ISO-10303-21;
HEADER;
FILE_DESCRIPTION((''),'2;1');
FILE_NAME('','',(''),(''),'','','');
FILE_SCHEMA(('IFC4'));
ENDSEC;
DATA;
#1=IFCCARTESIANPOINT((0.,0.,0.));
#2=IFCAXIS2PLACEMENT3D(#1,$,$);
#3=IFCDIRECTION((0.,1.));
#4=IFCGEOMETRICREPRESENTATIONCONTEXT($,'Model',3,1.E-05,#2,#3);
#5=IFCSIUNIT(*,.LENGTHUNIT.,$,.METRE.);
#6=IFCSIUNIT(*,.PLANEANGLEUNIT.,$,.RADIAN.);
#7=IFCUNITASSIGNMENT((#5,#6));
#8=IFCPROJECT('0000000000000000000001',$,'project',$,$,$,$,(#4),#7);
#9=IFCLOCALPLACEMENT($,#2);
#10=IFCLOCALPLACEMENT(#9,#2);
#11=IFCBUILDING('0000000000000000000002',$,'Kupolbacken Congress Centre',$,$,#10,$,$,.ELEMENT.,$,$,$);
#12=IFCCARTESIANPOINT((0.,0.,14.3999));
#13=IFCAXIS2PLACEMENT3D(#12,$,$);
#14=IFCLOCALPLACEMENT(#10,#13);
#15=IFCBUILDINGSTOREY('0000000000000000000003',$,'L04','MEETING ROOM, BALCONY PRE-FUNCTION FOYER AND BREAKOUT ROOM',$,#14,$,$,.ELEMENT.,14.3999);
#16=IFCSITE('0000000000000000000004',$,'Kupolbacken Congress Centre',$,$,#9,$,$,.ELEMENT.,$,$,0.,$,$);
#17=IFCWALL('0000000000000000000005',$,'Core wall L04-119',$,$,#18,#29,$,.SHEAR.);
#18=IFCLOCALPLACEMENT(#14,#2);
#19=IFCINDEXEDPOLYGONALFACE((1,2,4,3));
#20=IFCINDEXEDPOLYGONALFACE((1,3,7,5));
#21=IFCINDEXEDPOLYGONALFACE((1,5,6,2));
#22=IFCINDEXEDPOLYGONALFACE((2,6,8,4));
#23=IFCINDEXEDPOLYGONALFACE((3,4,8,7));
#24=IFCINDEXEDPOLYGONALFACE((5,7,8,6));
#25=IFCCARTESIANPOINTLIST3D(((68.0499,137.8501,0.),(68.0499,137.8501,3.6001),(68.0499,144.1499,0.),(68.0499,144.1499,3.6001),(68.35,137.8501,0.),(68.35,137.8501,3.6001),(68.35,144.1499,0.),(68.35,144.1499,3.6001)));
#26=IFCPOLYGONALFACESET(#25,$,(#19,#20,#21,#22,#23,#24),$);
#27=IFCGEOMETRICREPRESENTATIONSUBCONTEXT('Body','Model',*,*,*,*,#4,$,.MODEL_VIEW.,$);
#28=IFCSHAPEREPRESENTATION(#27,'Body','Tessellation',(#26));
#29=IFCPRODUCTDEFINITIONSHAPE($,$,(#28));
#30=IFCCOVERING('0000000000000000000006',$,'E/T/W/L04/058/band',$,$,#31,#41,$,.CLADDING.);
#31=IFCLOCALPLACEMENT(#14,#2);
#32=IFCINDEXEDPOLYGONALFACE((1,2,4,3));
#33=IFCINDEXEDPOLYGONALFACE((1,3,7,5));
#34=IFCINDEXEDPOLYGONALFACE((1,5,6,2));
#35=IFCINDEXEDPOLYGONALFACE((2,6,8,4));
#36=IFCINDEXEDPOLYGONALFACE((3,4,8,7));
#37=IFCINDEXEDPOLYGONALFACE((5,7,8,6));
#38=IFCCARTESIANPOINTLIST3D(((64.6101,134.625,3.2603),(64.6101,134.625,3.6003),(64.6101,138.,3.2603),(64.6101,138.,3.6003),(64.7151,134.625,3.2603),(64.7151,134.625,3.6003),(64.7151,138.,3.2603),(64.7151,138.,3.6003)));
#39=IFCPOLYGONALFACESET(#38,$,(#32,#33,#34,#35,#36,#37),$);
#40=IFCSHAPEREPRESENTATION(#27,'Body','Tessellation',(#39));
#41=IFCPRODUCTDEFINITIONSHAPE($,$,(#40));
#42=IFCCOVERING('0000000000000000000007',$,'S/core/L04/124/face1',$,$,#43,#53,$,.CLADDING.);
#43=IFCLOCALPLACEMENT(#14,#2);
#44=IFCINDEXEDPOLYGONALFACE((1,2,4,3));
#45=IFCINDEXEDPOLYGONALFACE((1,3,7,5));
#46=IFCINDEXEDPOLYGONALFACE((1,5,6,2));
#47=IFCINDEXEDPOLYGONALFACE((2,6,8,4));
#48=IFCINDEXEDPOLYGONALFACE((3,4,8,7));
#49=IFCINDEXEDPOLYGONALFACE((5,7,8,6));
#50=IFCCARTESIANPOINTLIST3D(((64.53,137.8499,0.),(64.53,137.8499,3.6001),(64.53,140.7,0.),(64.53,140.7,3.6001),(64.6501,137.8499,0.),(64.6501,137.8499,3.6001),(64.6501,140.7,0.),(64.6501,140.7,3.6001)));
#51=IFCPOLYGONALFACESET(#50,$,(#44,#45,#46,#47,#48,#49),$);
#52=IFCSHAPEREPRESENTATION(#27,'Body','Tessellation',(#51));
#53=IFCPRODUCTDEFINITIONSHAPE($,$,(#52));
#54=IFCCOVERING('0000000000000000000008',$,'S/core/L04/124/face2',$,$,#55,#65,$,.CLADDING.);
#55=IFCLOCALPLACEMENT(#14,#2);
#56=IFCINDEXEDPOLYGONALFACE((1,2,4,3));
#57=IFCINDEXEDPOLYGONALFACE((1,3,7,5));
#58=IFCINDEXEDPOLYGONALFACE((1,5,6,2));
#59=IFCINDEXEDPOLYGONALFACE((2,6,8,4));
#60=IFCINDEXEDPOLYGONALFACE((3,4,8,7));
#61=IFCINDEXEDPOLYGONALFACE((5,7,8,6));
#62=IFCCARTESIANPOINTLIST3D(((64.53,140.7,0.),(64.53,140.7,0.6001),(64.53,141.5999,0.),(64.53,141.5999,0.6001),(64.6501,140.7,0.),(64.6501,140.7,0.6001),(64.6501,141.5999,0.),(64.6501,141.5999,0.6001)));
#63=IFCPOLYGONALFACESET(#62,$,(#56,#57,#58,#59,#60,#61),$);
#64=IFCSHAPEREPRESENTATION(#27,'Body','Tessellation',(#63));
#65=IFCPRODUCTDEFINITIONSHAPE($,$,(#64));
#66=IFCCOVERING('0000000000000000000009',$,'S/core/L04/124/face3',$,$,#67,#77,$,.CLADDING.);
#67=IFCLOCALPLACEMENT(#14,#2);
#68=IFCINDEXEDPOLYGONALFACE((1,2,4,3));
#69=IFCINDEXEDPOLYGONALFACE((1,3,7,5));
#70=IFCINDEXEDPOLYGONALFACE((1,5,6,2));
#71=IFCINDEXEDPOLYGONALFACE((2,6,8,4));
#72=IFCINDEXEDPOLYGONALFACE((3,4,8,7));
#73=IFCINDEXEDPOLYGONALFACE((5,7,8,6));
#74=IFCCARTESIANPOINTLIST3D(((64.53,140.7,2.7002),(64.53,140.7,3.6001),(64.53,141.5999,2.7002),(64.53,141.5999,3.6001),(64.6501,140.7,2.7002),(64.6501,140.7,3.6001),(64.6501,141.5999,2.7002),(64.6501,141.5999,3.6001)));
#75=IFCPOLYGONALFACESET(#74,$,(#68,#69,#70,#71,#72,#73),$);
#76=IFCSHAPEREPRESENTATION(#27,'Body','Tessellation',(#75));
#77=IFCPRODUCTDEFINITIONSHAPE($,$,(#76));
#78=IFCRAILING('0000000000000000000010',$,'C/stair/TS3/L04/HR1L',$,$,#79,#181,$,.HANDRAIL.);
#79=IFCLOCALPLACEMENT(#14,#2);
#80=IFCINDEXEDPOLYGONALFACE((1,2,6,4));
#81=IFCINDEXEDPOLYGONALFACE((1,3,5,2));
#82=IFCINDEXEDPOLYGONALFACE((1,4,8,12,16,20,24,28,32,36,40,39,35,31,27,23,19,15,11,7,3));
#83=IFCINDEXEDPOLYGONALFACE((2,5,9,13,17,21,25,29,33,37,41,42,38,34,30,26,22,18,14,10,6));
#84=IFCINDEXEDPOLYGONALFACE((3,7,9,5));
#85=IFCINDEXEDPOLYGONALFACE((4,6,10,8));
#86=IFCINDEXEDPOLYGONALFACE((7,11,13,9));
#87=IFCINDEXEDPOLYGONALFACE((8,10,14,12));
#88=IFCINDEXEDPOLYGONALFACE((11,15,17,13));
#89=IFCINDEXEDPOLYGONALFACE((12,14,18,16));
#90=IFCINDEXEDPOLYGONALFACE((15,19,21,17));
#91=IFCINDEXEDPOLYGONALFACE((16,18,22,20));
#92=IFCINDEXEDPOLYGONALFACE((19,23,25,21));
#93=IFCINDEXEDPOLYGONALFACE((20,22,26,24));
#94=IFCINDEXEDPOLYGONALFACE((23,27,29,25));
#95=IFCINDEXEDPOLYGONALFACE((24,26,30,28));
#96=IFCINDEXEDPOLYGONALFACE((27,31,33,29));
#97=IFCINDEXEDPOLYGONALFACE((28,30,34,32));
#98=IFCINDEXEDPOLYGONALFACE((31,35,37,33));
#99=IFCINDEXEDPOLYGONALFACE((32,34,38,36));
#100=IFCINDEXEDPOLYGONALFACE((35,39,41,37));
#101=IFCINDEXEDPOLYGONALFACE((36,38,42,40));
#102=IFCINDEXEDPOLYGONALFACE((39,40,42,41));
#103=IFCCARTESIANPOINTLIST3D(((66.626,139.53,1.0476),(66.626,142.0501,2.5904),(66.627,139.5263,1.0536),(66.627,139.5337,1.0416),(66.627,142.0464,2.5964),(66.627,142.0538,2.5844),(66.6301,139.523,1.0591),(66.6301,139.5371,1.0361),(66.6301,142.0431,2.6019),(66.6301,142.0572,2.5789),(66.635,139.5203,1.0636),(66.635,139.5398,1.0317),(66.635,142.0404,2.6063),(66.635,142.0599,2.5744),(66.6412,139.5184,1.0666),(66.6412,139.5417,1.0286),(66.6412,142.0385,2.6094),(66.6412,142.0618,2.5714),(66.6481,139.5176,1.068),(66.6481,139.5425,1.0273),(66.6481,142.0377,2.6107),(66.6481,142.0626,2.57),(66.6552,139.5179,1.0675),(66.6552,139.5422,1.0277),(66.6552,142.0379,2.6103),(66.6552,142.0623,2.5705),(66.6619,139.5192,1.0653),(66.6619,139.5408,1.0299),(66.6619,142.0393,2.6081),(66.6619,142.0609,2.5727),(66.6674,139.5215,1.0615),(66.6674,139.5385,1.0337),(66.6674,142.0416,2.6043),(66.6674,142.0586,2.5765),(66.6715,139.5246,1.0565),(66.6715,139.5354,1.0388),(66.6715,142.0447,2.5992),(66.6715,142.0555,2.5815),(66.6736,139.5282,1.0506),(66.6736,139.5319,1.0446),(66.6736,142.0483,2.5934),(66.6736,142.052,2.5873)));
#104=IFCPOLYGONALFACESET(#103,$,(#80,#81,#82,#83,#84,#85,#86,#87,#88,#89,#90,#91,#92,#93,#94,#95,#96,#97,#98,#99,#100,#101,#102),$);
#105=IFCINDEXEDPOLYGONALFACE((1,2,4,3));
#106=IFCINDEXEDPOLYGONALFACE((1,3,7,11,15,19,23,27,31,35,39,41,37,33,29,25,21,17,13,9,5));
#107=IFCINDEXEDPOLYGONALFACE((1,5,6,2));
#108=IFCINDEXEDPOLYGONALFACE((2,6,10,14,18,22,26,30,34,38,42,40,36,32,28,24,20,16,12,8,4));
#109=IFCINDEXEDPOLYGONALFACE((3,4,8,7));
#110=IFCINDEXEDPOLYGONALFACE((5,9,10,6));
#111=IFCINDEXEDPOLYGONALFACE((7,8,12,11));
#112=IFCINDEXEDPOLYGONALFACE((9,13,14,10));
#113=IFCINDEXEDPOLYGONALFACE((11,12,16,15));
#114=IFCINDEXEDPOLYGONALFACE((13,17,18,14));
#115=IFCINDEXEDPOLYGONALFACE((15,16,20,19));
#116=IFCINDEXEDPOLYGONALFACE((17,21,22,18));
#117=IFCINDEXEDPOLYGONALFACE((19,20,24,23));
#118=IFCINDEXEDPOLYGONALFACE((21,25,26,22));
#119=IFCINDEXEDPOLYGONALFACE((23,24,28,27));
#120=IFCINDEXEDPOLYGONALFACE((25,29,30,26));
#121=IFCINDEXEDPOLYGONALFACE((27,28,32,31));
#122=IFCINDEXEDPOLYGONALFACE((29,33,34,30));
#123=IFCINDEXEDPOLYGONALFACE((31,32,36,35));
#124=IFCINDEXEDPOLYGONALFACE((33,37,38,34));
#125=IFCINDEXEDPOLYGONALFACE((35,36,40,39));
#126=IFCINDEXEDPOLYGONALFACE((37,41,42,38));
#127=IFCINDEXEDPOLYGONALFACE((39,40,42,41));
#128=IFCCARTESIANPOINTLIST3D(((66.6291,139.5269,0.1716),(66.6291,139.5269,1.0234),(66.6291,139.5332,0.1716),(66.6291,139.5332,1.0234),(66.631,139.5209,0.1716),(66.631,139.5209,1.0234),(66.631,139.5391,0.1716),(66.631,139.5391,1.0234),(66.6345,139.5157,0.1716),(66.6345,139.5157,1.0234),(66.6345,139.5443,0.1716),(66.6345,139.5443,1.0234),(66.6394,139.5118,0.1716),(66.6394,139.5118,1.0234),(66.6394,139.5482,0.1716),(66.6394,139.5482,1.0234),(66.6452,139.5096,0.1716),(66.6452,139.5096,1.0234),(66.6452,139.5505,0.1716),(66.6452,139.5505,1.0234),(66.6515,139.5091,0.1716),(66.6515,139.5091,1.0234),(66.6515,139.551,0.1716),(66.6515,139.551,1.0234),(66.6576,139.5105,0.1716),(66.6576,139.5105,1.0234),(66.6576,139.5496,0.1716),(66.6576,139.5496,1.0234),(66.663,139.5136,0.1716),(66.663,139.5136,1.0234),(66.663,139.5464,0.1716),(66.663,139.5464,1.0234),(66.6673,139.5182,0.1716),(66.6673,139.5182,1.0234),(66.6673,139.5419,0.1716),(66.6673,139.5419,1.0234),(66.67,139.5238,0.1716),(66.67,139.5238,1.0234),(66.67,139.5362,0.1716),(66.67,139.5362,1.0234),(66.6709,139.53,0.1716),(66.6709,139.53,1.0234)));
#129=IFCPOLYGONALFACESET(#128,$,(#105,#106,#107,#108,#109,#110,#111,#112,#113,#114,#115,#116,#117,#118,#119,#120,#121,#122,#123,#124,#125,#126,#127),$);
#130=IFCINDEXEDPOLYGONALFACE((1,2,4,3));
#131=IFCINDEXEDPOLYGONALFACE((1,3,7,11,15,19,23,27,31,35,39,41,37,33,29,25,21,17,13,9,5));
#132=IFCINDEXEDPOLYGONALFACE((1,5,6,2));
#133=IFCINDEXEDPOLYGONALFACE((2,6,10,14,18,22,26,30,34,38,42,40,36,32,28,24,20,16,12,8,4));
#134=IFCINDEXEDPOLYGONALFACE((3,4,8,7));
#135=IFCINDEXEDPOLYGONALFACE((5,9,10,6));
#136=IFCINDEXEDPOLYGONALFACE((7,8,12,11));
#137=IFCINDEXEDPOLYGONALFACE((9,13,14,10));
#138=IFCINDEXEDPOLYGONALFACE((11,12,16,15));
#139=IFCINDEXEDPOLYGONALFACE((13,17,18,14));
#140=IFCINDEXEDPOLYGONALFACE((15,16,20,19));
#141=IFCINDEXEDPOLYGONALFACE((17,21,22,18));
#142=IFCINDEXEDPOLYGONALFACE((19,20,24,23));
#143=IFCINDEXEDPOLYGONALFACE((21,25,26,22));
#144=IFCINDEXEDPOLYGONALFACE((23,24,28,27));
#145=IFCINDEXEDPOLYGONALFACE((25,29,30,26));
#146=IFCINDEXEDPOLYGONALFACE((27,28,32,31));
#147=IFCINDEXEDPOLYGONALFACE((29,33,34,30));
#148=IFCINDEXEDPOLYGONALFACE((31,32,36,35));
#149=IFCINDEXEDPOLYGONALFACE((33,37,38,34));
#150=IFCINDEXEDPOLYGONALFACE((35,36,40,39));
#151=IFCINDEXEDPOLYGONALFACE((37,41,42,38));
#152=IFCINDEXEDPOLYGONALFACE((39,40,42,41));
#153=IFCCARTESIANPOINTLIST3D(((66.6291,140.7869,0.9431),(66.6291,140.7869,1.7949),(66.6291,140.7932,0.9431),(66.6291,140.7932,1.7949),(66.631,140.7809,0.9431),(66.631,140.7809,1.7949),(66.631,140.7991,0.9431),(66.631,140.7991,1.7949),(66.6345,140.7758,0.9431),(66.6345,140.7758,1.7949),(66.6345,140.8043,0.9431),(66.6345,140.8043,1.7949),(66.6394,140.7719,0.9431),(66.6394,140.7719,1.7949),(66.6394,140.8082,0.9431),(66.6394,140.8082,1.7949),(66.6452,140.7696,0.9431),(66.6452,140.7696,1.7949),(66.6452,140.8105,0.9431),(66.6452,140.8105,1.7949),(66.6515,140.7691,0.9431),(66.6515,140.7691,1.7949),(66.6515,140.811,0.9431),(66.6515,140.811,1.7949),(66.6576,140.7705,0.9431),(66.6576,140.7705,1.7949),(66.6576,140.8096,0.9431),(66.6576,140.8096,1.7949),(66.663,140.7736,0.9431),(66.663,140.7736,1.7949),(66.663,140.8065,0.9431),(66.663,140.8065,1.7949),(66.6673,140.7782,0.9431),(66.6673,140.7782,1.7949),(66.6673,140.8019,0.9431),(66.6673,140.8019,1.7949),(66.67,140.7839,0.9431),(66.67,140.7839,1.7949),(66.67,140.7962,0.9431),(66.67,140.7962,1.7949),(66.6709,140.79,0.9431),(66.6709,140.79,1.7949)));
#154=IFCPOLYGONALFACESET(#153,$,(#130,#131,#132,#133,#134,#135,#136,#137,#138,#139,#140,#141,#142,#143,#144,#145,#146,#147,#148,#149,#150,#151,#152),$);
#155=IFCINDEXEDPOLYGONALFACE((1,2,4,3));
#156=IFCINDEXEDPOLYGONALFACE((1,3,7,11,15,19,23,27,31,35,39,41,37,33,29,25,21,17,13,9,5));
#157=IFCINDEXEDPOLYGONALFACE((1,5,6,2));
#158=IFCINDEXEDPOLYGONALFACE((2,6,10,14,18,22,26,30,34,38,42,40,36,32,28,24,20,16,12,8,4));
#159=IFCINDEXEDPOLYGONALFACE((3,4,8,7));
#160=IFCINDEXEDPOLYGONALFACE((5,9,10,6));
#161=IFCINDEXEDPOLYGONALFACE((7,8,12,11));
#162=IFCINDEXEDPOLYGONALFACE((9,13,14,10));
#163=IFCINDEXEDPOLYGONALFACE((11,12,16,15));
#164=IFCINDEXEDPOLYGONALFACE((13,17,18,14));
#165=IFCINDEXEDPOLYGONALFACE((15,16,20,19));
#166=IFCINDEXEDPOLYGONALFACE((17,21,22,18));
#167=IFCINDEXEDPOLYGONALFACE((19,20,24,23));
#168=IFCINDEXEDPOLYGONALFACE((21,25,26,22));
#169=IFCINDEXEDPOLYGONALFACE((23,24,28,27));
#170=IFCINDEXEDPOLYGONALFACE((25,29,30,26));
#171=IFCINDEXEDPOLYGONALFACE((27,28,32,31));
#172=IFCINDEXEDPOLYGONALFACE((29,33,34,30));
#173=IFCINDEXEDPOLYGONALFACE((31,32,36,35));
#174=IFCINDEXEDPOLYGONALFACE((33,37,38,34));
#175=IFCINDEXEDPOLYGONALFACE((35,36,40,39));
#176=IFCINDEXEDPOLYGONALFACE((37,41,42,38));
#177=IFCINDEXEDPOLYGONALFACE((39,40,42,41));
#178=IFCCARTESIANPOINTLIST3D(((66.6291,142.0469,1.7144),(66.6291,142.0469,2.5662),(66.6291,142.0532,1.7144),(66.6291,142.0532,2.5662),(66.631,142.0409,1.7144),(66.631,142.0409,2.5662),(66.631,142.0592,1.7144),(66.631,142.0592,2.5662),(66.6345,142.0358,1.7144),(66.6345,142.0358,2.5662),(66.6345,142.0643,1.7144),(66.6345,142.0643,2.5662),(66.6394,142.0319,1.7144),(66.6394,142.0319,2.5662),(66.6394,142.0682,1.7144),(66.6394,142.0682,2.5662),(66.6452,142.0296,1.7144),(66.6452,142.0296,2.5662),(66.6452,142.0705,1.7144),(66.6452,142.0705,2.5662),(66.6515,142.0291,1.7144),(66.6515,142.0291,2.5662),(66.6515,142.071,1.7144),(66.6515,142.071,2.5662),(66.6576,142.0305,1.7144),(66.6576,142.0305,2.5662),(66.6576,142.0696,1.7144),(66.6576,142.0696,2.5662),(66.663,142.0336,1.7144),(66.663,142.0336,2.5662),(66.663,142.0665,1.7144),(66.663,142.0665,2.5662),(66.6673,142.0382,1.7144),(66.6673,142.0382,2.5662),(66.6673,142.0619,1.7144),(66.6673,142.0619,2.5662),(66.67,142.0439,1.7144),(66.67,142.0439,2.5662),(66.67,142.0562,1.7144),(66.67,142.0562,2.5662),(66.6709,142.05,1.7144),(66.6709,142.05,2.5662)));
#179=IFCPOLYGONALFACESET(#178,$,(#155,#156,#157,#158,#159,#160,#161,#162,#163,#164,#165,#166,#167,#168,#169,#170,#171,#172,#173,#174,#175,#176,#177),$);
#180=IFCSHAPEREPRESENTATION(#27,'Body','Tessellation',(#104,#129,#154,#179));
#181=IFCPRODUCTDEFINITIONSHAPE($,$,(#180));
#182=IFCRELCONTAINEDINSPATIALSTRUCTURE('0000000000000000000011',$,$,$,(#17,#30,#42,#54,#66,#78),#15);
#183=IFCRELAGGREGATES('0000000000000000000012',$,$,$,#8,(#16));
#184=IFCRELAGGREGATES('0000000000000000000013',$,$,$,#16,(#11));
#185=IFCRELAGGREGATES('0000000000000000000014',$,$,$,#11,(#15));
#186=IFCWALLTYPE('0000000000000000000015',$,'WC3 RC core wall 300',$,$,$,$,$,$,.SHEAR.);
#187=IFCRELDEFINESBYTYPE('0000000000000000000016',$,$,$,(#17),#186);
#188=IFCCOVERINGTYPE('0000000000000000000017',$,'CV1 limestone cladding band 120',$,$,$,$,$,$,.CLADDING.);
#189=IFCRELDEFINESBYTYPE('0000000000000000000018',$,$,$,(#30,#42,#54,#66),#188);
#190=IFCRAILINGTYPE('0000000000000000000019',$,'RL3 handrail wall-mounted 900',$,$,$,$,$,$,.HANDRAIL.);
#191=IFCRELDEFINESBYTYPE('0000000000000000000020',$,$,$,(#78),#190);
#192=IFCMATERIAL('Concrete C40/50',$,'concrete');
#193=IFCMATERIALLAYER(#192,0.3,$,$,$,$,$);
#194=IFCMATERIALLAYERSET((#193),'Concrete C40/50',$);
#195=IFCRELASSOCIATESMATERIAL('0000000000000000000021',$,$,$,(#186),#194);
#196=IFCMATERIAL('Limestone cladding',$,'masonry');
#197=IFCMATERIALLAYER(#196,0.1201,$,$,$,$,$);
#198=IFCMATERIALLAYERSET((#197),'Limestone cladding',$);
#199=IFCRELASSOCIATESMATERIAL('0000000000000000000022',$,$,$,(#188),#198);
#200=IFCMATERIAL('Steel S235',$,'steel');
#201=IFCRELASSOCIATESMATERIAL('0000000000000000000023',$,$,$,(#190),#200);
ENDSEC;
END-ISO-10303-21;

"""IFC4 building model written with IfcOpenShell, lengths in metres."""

from ifc_helpers import new_model, si_unit, direction, frame, frame_2d, origin, origin_2d, place, context, subcontext, project, spatial, rectangle, circle, extrude, material, layer, layer_set, type_object, element, save


model = new_model("IFC4")

# Units and contexts
model_context = context("Model", 3, precision=1e-05, world=origin(), true_north=direction((0.0, 1.0)))
body_context = subcontext(model_context, "Body", "Model", "MODEL_VIEW")
ifc_project = project(units=[si_unit("LENGTHUNIT", "METRE"), si_unit("PLANEANGLEUNIT", "RADIAN")], contexts=[model_context])

# Site, building, storey
site_placement = place(None, origin())
site = spatial("IfcSite", under=ifc_project, at=site_placement, Name="Kupolbacken Congress Centre", CompositionType="ELEMENT", RefElevation=0.0)
building_placement = place(site_placement, origin())
building = spatial("IfcBuilding", under=site, at=building_placement, Name="Kupolbacken Congress Centre", CompositionType="ELEMENT")
storey_placement = place(building_placement, frame((0.0, 0.0, 14.3999)))
storey = spatial("IfcBuildingStorey", under=building, at=storey_placement, Name="L04", Description="MEETING ROOM, BALCONY PRE-FUNCTION FOYER AND BREAKOUT ROOM", CompositionType="ELEMENT", Elevation=14.3999)

# Shared definitions
ifc_material_1 = material(Name="Concrete C40/50", Category="concrete")
ifc_layer_1 = layer(ifc_material_1, 0.3)
ifc_layer_set_1 = layer_set([ifc_layer_1], Name="Concrete C40/50")
wall_type_1 = type_object("IfcWallType", Name="WC3 RC core wall 300", PredefinedType="SHEAR", material=ifc_layer_set_1)

# Wall
wall_1_placement = place(storey_placement, frame((68.2, 137.8501, 0.0), z_axis=(0.0, 0.0, 1.0), x_axis=(0.0, 1.0, 0.0)))
element("IfcWall", 1, at=wall_1_placement, inside=storey, type_object=wall_type_1, Name="Core wall L04-119", PredefinedType="SHEAR", context=body_context, shape_type="SweptSolid", body=[
    extrude(rectangle(XDim=6.2998, YDim=0.3, at=frame_2d((3.1499, 0.0))), origin(), (0.0, 0.0, 1.0), 3.6001),
])

# Coverings
ifc_material_2 = material(Name="Limestone cladding", Category="masonry")
ifc_layer_2 = layer(ifc_material_2, 0.1201)
ifc_layer_set_2 = layer_set([ifc_layer_2], Name="Limestone cladding")
covering_type_1 = type_object("IfcCoveringType", Name="CV1 limestone cladding band 120", PredefinedType="CLADDING", material=ifc_layer_set_2)
covering_1_placement = place(storey_placement, frame((64.6626, 136.3125, 3.2603), z_axis=(0.0, 0.0, 1.0), x_axis=(0.0, -1.0, 0.0)))
element("IfcCovering", 2, at=covering_1_placement, inside=storey, type_object=covering_type_1, Name="E/T/W/L04/058/band", PredefinedType="CLADDING", context=body_context, shape_type="SweptSolid", body=[
    extrude(rectangle(XDim=3.375, YDim=0.105, at=origin_2d()), origin(), (0.0, 0.0, 1.0), 0.3401),
])
covering_2_placement = place(storey_placement, frame((64.5901, 139.2749, 0.0), z_axis=(0.0, 0.0, 1.0), x_axis=(0.0, -1.0, 0.0)))
element("IfcCovering", 3, at=covering_2_placement, inside=storey, type_object=covering_type_1, Name="S/core/L04/124/face1", PredefinedType="CLADDING", context=body_context, shape_type="SweptSolid", body=[
    extrude(rectangle(XDim=2.8501, YDim=0.1201, at=origin_2d()), origin(), (0.0, 0.0, 1.0), 3.6001),
])
covering_3_placement = place(storey_placement, frame((64.5901, 141.1499, 0.0), z_axis=(0.0, 0.0, 1.0), x_axis=(0.0, -1.0, 0.0)))
element("IfcCovering", 4, at=covering_3_placement, inside=storey, type_object=covering_type_1, Name="S/core/L04/124/face2", PredefinedType="CLADDING", context=body_context, shape_type="SweptSolid", body=[
    extrude(rectangle(XDim=0.8999, YDim=0.1201, at=origin_2d()), origin(), (0.0, 0.0, 1.0), 0.6001),
])
covering_4_placement = place(storey_placement, frame((64.5901, 141.1499, 2.7002), z_axis=(0.0, 0.0, 1.0), x_axis=(0.0, -1.0, 0.0)))
element("IfcCovering", 5, at=covering_4_placement, inside=storey, type_object=covering_type_1, Name="S/core/L04/124/face3", PredefinedType="CLADDING", context=body_context, shape_type="SweptSolid", body=[
    extrude(rectangle(XDim=0.8999, YDim=0.1201, at=origin_2d()), origin(), (0.0, 0.0, 1.0), 0.8999),
])

# Railing
ifc_material_3 = material(Name="Steel S235", Category="steel")
railing_type = type_object("IfcRailingType", Name="RL3 handrail wall-mounted 900", PredefinedType="HANDRAIL", material=ifc_material_3)
for number, where, name in (
    (6, (66.6499, 139.53, 0.1716), "C/stair/TS3/L04/HR1L"),
):
    element("IfcRailing", number, at=place(storey_placement, frame(where)), inside=storey, type_object=railing_type, Name=name, PredefinedType="HANDRAIL", context=body_context, shape_type="SweptSolid", body=[
        extrude(circle(Radius=0.0239, at=origin_2d()), frame((0.0, 0.0, 0.876), z_axis=(0.0, 0.852873, 0.522118), x_axis=(-1.0, 0.0, 0.0)), (0.0, 0.0, 1.0), 2.9548),
        extrude(circle(Radius=0.021, at=origin_2d()), origin(), (0.0, 0.0, 1.0), 0.8518),
        extrude(circle(Radius=0.021, at=origin_2d()), frame((0.0, 1.26, 0.7715)), (0.0, 0.0, 1.0), 0.8518),
        extrude(circle(Radius=0.021, at=origin_2d()), frame((0.0, 2.52, 1.5427)), (0.0, 0.0, 1.0), 0.8518),
    ])

save(model, "model.ifc")
